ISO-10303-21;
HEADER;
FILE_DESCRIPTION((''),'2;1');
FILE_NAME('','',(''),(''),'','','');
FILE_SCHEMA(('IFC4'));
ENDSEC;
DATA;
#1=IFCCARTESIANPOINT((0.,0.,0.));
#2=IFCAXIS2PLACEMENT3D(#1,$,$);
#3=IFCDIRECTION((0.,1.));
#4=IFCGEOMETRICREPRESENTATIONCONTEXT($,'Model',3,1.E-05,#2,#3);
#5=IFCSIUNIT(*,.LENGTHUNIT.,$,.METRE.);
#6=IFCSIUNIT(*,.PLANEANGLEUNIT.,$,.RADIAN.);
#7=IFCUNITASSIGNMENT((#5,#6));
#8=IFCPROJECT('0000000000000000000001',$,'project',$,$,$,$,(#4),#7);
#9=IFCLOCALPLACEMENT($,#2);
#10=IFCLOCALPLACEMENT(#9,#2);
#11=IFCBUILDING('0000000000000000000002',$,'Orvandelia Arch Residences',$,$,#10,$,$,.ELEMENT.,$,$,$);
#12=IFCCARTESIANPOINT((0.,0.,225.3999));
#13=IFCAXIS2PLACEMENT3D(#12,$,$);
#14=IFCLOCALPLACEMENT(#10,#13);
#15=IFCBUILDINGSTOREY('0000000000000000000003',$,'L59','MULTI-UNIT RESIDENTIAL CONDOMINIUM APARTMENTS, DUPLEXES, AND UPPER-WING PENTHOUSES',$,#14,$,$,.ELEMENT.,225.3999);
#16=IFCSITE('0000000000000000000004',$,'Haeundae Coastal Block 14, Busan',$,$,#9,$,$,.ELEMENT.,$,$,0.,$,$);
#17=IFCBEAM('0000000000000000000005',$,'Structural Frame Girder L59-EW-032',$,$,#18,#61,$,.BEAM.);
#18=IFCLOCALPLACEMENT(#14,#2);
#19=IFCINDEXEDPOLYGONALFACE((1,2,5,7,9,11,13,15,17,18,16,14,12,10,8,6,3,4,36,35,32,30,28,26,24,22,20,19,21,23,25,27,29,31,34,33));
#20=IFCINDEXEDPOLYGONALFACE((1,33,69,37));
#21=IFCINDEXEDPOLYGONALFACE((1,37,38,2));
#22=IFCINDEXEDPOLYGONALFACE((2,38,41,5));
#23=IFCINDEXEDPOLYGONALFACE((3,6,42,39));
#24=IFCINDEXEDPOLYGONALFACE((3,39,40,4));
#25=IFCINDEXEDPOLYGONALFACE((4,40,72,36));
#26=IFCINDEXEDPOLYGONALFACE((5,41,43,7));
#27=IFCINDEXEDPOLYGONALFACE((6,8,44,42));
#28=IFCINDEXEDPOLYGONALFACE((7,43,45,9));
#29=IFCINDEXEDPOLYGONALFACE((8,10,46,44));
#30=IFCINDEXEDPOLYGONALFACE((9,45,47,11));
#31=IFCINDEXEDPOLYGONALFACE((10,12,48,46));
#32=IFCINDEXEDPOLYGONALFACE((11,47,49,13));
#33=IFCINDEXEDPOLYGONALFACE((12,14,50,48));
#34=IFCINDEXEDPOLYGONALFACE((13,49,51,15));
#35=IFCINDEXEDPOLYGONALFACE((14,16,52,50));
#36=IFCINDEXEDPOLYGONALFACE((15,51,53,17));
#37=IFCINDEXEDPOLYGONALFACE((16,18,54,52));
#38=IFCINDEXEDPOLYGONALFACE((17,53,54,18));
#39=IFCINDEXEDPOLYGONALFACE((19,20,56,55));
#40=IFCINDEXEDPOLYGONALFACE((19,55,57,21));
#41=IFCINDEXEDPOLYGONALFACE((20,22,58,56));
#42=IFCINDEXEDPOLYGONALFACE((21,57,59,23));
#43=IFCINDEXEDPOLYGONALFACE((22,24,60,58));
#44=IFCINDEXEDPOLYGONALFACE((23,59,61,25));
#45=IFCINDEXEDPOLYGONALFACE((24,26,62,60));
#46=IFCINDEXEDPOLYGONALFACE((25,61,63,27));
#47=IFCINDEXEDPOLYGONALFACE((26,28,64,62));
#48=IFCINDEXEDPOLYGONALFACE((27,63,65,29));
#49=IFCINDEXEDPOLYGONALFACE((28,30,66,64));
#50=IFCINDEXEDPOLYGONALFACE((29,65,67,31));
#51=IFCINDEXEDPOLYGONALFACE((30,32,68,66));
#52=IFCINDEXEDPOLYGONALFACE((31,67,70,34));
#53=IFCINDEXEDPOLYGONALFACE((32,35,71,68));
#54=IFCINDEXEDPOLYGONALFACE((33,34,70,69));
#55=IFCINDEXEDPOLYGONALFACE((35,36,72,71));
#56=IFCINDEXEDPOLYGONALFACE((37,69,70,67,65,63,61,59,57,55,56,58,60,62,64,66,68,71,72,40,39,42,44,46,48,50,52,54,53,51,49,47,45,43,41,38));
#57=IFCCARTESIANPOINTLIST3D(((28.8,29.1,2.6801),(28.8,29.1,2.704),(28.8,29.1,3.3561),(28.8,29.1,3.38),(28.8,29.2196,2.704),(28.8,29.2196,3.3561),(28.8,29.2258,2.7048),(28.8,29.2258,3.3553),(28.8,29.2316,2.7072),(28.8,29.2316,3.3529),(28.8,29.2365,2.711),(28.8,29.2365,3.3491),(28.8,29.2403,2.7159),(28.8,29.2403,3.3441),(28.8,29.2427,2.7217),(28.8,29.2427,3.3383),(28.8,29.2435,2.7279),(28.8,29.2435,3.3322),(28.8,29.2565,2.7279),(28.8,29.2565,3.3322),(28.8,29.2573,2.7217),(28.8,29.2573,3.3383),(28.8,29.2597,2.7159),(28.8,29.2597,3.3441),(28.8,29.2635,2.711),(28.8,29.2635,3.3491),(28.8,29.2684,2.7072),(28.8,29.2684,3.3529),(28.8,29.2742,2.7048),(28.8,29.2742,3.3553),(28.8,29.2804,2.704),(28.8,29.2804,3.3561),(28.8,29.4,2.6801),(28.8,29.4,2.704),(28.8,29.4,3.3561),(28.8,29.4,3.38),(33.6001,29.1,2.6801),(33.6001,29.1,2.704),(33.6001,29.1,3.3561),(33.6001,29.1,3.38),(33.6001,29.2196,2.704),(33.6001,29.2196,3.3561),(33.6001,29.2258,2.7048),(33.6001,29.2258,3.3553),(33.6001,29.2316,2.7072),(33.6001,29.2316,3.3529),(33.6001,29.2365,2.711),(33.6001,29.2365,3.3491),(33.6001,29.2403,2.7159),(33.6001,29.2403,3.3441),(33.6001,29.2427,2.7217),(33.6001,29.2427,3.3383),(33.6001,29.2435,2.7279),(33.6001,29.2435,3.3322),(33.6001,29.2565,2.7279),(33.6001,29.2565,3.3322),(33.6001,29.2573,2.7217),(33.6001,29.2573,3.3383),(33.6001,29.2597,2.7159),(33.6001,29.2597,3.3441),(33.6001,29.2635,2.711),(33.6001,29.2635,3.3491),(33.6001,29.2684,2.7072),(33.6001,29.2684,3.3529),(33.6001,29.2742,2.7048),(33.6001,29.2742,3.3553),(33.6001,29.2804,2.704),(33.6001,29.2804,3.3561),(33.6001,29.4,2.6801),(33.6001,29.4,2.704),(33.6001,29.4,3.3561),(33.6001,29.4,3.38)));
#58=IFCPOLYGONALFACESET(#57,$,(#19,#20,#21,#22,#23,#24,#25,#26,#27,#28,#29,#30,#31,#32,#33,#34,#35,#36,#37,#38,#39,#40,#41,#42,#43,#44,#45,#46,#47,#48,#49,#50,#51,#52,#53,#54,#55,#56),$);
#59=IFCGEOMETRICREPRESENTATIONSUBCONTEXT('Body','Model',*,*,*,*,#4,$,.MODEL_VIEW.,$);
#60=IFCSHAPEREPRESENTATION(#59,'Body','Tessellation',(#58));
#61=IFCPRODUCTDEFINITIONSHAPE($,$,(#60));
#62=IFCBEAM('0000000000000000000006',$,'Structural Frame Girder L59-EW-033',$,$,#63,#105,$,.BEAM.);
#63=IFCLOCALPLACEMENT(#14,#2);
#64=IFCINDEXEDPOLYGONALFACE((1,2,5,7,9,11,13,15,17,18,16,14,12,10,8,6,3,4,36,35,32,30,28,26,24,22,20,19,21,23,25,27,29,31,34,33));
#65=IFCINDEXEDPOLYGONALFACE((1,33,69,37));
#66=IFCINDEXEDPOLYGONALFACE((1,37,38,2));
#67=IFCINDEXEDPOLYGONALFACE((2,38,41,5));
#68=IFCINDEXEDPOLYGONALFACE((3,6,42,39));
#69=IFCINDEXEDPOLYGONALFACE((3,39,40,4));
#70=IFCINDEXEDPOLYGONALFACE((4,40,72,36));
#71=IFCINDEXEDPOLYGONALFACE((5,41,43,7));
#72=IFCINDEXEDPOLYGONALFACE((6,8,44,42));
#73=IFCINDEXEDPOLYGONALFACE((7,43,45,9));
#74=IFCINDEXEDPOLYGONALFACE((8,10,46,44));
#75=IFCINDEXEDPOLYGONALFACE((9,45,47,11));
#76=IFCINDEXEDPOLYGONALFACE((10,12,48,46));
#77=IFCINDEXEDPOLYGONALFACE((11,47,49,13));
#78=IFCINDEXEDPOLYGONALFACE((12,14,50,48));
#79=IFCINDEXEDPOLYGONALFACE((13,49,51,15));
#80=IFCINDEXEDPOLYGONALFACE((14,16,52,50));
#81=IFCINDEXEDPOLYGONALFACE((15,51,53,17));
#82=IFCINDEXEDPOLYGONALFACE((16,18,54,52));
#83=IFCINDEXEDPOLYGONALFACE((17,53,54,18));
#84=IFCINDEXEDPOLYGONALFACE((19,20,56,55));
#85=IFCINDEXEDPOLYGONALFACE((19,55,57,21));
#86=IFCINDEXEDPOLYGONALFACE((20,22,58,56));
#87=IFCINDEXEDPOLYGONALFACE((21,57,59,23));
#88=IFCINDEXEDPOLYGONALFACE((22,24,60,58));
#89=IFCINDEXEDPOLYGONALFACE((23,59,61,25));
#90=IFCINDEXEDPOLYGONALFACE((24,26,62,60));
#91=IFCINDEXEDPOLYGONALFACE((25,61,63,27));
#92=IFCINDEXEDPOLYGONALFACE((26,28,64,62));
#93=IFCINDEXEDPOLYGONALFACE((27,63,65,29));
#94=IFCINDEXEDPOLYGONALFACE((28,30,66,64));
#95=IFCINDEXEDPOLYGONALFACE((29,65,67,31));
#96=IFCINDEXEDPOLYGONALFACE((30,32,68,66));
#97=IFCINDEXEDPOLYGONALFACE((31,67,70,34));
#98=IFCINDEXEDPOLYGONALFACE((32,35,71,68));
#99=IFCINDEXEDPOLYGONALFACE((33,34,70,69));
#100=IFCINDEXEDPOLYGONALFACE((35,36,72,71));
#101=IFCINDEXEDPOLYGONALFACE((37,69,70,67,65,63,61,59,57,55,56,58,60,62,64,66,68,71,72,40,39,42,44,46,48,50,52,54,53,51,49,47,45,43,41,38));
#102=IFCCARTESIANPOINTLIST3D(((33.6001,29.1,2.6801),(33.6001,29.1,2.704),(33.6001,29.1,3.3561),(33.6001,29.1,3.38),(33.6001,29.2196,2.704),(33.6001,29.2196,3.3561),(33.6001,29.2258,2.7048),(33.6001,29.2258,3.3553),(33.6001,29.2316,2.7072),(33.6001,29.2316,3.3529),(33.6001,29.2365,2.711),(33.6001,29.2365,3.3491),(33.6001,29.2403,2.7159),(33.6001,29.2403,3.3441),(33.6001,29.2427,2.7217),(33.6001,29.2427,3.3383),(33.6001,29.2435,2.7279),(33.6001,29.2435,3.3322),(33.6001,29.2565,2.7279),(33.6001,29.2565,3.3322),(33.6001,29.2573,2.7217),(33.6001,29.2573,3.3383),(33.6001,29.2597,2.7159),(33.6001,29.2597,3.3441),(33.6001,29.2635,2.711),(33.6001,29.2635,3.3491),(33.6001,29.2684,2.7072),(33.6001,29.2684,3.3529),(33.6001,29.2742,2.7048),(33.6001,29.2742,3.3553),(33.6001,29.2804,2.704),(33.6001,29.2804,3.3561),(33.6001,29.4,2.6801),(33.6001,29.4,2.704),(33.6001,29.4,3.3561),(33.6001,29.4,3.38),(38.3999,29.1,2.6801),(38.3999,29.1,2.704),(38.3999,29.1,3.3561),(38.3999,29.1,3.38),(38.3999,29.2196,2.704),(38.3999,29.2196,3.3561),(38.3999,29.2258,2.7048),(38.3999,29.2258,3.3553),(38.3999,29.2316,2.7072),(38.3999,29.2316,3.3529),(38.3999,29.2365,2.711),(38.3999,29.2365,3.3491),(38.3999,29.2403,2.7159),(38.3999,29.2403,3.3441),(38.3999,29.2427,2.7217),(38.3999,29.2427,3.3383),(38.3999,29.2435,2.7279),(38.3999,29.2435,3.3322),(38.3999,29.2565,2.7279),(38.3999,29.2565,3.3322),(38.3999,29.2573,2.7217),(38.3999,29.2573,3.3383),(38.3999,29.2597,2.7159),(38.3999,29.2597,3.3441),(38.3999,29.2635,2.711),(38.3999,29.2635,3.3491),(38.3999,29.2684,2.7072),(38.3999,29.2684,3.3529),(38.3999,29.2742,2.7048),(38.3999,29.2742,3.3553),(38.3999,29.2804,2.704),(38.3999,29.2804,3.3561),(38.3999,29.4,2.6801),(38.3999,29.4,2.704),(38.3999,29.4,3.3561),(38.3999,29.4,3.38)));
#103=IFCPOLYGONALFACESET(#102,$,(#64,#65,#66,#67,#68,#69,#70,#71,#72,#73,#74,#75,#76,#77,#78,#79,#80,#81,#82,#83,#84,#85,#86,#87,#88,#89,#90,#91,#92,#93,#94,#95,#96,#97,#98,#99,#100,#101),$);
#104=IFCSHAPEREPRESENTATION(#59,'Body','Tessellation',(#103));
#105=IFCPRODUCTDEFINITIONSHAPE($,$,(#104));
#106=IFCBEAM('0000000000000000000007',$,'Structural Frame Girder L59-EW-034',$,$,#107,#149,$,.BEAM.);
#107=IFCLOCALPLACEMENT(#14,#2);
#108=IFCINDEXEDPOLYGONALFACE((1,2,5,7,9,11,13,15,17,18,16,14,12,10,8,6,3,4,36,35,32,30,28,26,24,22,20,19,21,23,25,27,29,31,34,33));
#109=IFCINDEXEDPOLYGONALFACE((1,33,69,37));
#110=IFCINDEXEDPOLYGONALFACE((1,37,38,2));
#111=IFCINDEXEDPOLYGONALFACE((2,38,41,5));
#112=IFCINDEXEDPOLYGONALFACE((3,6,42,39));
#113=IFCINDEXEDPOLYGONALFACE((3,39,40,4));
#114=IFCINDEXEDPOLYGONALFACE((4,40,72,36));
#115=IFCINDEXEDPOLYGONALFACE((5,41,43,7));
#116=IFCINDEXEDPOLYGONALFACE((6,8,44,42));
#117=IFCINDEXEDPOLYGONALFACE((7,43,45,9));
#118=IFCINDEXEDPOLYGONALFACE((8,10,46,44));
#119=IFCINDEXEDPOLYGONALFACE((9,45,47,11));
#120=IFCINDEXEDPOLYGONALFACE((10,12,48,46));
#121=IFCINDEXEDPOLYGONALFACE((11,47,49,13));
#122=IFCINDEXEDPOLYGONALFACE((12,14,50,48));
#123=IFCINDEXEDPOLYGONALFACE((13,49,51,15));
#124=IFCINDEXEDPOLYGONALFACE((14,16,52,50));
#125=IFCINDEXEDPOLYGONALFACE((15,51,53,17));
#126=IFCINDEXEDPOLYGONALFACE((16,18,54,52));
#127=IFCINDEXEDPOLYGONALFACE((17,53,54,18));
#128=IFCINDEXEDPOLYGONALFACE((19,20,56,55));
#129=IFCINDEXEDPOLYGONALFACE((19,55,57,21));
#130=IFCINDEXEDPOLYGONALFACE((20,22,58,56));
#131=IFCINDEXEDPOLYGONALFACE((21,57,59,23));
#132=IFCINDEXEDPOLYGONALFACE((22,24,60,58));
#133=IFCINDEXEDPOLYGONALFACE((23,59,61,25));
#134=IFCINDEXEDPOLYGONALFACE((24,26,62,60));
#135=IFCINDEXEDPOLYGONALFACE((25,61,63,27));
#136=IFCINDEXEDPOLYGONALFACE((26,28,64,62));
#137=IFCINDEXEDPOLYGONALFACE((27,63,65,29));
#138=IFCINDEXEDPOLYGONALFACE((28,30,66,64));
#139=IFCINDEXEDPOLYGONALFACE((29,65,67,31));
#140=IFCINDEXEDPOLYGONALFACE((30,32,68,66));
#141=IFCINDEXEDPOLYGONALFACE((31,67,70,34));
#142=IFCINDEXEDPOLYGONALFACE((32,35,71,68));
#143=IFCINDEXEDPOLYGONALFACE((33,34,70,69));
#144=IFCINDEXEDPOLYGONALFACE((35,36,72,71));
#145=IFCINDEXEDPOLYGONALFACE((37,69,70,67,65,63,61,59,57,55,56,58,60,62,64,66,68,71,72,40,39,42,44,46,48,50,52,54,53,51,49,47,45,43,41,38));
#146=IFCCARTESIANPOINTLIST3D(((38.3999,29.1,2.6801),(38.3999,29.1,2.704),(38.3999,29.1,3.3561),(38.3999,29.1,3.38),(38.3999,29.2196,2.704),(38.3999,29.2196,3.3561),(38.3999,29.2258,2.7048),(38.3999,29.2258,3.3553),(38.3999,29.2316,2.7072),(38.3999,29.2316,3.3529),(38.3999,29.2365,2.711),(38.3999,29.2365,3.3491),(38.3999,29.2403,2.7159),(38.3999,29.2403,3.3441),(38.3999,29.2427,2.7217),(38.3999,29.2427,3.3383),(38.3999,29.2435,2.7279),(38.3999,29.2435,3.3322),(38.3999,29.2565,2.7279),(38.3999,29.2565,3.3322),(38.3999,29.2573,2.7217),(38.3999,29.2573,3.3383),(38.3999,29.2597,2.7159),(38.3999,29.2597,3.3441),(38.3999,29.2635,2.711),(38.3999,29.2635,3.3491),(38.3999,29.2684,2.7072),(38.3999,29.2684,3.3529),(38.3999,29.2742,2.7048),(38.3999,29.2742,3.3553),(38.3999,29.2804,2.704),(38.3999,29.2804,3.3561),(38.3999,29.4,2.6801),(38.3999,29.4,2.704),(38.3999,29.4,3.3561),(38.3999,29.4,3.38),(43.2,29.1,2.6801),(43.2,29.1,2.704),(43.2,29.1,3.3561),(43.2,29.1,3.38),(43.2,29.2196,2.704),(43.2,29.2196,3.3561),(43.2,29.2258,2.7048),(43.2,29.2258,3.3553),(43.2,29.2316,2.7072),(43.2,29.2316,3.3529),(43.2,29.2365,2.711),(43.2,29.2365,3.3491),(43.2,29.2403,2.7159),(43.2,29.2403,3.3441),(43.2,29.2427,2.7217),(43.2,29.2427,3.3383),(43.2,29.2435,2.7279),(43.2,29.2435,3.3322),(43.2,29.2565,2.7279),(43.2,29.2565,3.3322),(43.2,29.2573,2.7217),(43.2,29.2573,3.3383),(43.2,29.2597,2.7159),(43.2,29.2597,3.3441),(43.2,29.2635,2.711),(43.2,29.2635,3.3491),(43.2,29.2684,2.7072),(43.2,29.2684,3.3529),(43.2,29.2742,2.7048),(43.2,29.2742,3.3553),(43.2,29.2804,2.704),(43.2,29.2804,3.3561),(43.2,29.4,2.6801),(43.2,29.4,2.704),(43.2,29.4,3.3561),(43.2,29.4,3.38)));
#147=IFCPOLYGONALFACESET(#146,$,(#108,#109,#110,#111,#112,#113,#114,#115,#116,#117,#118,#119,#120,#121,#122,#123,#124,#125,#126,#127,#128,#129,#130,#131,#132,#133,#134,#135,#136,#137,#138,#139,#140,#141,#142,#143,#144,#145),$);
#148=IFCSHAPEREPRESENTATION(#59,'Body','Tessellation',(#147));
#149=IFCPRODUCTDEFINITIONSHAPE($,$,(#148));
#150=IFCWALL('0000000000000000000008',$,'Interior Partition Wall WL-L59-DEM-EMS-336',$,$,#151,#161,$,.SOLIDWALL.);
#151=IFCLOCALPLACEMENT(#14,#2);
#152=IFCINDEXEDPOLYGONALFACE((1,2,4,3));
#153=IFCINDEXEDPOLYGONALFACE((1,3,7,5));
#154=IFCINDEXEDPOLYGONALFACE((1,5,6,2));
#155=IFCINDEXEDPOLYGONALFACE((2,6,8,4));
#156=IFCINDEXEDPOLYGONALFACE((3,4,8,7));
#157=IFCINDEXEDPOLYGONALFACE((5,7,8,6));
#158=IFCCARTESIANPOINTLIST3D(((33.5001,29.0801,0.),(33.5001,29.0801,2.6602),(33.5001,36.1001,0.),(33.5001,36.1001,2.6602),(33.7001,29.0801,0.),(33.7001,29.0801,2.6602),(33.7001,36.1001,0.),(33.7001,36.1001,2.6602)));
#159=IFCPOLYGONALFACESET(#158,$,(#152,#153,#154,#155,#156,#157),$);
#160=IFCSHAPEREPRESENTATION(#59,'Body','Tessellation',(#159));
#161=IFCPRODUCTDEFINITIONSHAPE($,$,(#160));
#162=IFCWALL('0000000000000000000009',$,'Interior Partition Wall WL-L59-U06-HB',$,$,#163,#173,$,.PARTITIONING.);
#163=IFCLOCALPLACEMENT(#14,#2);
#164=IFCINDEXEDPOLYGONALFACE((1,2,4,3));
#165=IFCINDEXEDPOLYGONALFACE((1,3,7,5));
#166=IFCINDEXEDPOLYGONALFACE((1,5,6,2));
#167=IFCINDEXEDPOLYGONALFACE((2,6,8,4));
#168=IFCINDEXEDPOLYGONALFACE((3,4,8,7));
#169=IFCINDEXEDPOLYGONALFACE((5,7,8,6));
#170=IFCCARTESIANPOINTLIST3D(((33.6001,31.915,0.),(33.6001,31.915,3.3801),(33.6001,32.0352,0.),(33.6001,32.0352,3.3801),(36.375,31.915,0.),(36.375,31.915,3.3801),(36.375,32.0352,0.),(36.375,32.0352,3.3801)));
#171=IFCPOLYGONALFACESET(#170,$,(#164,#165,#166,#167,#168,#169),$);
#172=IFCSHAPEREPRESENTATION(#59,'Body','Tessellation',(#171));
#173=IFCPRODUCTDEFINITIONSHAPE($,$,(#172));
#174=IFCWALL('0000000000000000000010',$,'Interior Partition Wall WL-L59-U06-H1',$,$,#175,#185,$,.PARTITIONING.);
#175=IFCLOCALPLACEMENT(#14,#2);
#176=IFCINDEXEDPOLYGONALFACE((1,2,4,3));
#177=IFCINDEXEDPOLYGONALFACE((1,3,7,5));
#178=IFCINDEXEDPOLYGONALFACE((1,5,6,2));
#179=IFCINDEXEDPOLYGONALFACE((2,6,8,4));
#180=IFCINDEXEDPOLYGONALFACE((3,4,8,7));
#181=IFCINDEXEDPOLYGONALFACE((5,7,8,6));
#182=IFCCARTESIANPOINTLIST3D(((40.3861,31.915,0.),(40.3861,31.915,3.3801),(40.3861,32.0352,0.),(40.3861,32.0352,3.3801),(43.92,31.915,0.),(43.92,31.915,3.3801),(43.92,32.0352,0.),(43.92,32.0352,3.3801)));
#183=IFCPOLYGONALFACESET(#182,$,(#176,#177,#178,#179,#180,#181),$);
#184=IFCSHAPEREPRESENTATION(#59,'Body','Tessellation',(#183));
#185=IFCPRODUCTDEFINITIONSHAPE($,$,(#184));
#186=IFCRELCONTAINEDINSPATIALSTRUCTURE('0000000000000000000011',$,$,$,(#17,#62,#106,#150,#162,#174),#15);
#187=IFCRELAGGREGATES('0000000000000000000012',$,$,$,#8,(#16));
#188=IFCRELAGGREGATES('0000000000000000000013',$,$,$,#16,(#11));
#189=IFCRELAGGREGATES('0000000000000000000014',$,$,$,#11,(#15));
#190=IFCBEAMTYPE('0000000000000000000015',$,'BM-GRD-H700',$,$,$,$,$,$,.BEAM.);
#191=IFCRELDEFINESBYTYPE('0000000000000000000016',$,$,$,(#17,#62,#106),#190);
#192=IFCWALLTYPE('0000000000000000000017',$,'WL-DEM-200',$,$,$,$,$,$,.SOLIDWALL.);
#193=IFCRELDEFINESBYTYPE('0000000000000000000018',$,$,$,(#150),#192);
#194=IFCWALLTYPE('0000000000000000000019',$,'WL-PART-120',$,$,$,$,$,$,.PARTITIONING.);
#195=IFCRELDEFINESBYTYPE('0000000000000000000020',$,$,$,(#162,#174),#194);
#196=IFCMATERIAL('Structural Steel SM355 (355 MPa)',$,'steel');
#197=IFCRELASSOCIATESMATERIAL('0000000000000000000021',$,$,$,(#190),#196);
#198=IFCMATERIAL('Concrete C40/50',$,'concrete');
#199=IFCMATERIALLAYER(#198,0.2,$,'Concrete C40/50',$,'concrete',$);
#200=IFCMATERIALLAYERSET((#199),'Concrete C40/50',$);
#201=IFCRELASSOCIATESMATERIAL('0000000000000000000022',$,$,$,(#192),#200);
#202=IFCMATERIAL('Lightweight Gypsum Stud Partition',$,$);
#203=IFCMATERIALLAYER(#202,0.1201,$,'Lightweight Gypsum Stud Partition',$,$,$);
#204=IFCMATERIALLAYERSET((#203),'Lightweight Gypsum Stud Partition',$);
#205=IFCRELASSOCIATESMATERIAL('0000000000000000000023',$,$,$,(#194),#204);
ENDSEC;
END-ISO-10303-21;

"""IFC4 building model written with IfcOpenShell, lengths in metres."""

from ifc_helpers import new_model, si_unit, direction, frame, frame_2d, origin, origin_2d, place, context, subcontext, project, spatial, rectangle, i_section, extrude, material, layer, layer_set, material_profile, profile_set, type_object, element, save


model = new_model("IFC4")

# Units and contexts
model_context = context("Model", 3, precision=1e-05, world=origin(), true_north=direction((0.0, 1.0)))
body_context = subcontext(model_context, "Body", "Model", "MODEL_VIEW")
ifc_project = project(units=[si_unit("LENGTHUNIT", "METRE"), si_unit("PLANEANGLEUNIT", "RADIAN")], contexts=[model_context])

# Site, building, storey
site_placement = place(None, origin())
site = spatial("IfcSite", under=ifc_project, at=site_placement, Name="Haeundae Coastal Block 14, Busan", CompositionType="ELEMENT", RefElevation=0.0)
building_placement = place(site_placement, origin())
building = spatial("IfcBuilding", under=site, at=building_placement, Name="Orvandelia Arch Residences", CompositionType="ELEMENT")
storey_placement = place(building_placement, frame((0.0, 0.0, 225.3999)))
storey = spatial("IfcBuildingStorey", under=building, at=storey_placement, Name="L59", Description="MULTI-UNIT RESIDENTIAL CONDOMINIUM APARTMENTS, DUPLEXES, AND UPPER-WING PENTHOUSES", CompositionType="ELEMENT", Elevation=225.3999)

# Beams
ifc_material_1 = material(Name="Structural Steel SM355 (355 MPa)", Category="steel")
ifc_material_profile_1 = material_profile(ifc_material_1, i_section(OverallWidth=0.3, OverallDepth=0.7, WebThickness=0.0129, FlangeThickness=0.0239, FilletRadius=0.0239, at=origin_2d()), Name="Structural Steel SM355 (355 MPa)", Category="steel")
ifc_profile_set_1 = profile_set([ifc_material_profile_1], Name="Structural Steel SM355 (355 MPa)")
beam_type = type_object("IfcBeamType", Name="BM-GRD-H700", PredefinedType="BEAM", material=ifc_profile_set_1)
beam_1_placement = place(storey_placement, frame((28.8, 29.25, 3.03), z_axis=(1.0, 0.0, 0.0), x_axis=(0.0, 1.0, 0.0)))
element("IfcBeam", 1, at=beam_1_placement, inside=storey, type_object=beam_type, Name="Structural Frame Girder L59-EW-032", PredefinedType="BEAM", context=body_context, shape_type="SweptSolid", body=[
    extrude(i_section(OverallWidth=0.3, OverallDepth=0.7, WebThickness=0.0129, FlangeThickness=0.0239, FilletRadius=0.0239, at=origin_2d()), origin(), (0.0, 0.0, 1.0), 4.8),
])
beam_2_placement = place(storey_placement, frame((33.6001, 29.25, 3.03), z_axis=(1.0, 0.0, 0.0), x_axis=(0.0, 1.0, 0.0)))
element("IfcBeam", 2, at=beam_2_placement, inside=storey, type_object=beam_type, Name="Structural Frame Girder L59-EW-033", PredefinedType="BEAM", context=body_context, shape_type="SweptSolid", body=[
    extrude(i_section(OverallWidth=0.3, OverallDepth=0.7, WebThickness=0.0129, FlangeThickness=0.0239, FilletRadius=0.0239, at=origin_2d()), origin(), (0.0, 0.0, 1.0), 4.7998),
])
beam_3_placement = place(storey_placement, frame((38.3999, 29.25, 3.03), z_axis=(1.0, 0.0, 0.0), x_axis=(0.0, 1.0, 0.0)))
element("IfcBeam", 3, at=beam_3_placement, inside=storey, type_object=beam_type, Name="Structural Frame Girder L59-EW-034", PredefinedType="BEAM", context=body_context, shape_type="SweptSolid", body=[
    extrude(i_section(OverallWidth=0.3, OverallDepth=0.7, WebThickness=0.0129, FlangeThickness=0.0239, FilletRadius=0.0239, at=origin_2d()), origin(), (0.0, 0.0, 1.0), 4.8),
])

# Wall
ifc_material_2 = material(Name="Concrete C40/50", Category="concrete")
ifc_layer_1 = layer(ifc_material_2, 0.2, Name="Concrete C40/50", Category="concrete")
ifc_layer_set_1 = layer_set([ifc_layer_1], Name="Concrete C40/50")
wall_type_1 = type_object("IfcWallType", Name="WL-DEM-200", PredefinedType="SOLIDWALL", material=ifc_layer_set_1)
wall_1_placement = place(storey_placement, frame((33.6001, 29.0801, 0.0), z_axis=(0.0, 0.0, 1.0), x_axis=(0.0, 1.0, 0.0)))
element("IfcWall", 4, at=wall_1_placement, inside=storey, type_object=wall_type_1, Name="Interior Partition Wall WL-L59-DEM-EMS-336", PredefinedType="SOLIDWALL", context=body_context, shape_type="SweptSolid", body=[
    extrude(rectangle(XDim=7.02, YDim=0.2, at=frame_2d((3.51, 0.0))), origin(), (0.0, 0.0, 1.0), 2.6602),
])

# Shared definitions
ifc_material_3 = material(Name="Lightweight Gypsum Stud Partition")
ifc_layer_2 = layer(ifc_material_3, 0.1201, Name="Lightweight Gypsum Stud Partition")
ifc_layer_set_2 = layer_set([ifc_layer_2], Name="Lightweight Gypsum Stud Partition")
wall_type_2 = type_object("IfcWallType", Name="WL-PART-120", PredefinedType="PARTITIONING", material=ifc_layer_set_2)

# Walls
wall_2_placement = place(storey_placement, frame((33.6001, 31.9751, 0.0), z_axis=(0.0, 0.0, 1.0), x_axis=(1.0, 0.0, 0.0)))
element("IfcWall", 5, at=wall_2_placement, inside=storey, type_object=wall_type_2, Name="Interior Partition Wall WL-L59-U06-HB", PredefinedType="PARTITIONING", context=body_context, shape_type="SweptSolid", body=[
    extrude(rectangle(XDim=2.7749, YDim=0.1201, at=frame_2d((1.3875, 0.0))), origin(), (0.0, 0.0, 1.0), 3.3801),
])
wall_3_placement = place(storey_placement, frame((40.386, 31.9751, 0.0), z_axis=(0.0, 0.0, 1.0), x_axis=(1.0, 0.0, 0.0)))
element("IfcWall", 6, at=wall_3_placement, inside=storey, type_object=wall_type_2, Name="Interior Partition Wall WL-L59-U06-H1", PredefinedType="PARTITIONING", context=body_context, shape_type="SweptSolid", body=[
    extrude(rectangle(XDim=3.5339, YDim=0.1201, at=frame_2d((1.7671, 0.0))), origin(), (0.0, 0.0, 1.0), 3.3801),
])

save(model, "model.ifc")
